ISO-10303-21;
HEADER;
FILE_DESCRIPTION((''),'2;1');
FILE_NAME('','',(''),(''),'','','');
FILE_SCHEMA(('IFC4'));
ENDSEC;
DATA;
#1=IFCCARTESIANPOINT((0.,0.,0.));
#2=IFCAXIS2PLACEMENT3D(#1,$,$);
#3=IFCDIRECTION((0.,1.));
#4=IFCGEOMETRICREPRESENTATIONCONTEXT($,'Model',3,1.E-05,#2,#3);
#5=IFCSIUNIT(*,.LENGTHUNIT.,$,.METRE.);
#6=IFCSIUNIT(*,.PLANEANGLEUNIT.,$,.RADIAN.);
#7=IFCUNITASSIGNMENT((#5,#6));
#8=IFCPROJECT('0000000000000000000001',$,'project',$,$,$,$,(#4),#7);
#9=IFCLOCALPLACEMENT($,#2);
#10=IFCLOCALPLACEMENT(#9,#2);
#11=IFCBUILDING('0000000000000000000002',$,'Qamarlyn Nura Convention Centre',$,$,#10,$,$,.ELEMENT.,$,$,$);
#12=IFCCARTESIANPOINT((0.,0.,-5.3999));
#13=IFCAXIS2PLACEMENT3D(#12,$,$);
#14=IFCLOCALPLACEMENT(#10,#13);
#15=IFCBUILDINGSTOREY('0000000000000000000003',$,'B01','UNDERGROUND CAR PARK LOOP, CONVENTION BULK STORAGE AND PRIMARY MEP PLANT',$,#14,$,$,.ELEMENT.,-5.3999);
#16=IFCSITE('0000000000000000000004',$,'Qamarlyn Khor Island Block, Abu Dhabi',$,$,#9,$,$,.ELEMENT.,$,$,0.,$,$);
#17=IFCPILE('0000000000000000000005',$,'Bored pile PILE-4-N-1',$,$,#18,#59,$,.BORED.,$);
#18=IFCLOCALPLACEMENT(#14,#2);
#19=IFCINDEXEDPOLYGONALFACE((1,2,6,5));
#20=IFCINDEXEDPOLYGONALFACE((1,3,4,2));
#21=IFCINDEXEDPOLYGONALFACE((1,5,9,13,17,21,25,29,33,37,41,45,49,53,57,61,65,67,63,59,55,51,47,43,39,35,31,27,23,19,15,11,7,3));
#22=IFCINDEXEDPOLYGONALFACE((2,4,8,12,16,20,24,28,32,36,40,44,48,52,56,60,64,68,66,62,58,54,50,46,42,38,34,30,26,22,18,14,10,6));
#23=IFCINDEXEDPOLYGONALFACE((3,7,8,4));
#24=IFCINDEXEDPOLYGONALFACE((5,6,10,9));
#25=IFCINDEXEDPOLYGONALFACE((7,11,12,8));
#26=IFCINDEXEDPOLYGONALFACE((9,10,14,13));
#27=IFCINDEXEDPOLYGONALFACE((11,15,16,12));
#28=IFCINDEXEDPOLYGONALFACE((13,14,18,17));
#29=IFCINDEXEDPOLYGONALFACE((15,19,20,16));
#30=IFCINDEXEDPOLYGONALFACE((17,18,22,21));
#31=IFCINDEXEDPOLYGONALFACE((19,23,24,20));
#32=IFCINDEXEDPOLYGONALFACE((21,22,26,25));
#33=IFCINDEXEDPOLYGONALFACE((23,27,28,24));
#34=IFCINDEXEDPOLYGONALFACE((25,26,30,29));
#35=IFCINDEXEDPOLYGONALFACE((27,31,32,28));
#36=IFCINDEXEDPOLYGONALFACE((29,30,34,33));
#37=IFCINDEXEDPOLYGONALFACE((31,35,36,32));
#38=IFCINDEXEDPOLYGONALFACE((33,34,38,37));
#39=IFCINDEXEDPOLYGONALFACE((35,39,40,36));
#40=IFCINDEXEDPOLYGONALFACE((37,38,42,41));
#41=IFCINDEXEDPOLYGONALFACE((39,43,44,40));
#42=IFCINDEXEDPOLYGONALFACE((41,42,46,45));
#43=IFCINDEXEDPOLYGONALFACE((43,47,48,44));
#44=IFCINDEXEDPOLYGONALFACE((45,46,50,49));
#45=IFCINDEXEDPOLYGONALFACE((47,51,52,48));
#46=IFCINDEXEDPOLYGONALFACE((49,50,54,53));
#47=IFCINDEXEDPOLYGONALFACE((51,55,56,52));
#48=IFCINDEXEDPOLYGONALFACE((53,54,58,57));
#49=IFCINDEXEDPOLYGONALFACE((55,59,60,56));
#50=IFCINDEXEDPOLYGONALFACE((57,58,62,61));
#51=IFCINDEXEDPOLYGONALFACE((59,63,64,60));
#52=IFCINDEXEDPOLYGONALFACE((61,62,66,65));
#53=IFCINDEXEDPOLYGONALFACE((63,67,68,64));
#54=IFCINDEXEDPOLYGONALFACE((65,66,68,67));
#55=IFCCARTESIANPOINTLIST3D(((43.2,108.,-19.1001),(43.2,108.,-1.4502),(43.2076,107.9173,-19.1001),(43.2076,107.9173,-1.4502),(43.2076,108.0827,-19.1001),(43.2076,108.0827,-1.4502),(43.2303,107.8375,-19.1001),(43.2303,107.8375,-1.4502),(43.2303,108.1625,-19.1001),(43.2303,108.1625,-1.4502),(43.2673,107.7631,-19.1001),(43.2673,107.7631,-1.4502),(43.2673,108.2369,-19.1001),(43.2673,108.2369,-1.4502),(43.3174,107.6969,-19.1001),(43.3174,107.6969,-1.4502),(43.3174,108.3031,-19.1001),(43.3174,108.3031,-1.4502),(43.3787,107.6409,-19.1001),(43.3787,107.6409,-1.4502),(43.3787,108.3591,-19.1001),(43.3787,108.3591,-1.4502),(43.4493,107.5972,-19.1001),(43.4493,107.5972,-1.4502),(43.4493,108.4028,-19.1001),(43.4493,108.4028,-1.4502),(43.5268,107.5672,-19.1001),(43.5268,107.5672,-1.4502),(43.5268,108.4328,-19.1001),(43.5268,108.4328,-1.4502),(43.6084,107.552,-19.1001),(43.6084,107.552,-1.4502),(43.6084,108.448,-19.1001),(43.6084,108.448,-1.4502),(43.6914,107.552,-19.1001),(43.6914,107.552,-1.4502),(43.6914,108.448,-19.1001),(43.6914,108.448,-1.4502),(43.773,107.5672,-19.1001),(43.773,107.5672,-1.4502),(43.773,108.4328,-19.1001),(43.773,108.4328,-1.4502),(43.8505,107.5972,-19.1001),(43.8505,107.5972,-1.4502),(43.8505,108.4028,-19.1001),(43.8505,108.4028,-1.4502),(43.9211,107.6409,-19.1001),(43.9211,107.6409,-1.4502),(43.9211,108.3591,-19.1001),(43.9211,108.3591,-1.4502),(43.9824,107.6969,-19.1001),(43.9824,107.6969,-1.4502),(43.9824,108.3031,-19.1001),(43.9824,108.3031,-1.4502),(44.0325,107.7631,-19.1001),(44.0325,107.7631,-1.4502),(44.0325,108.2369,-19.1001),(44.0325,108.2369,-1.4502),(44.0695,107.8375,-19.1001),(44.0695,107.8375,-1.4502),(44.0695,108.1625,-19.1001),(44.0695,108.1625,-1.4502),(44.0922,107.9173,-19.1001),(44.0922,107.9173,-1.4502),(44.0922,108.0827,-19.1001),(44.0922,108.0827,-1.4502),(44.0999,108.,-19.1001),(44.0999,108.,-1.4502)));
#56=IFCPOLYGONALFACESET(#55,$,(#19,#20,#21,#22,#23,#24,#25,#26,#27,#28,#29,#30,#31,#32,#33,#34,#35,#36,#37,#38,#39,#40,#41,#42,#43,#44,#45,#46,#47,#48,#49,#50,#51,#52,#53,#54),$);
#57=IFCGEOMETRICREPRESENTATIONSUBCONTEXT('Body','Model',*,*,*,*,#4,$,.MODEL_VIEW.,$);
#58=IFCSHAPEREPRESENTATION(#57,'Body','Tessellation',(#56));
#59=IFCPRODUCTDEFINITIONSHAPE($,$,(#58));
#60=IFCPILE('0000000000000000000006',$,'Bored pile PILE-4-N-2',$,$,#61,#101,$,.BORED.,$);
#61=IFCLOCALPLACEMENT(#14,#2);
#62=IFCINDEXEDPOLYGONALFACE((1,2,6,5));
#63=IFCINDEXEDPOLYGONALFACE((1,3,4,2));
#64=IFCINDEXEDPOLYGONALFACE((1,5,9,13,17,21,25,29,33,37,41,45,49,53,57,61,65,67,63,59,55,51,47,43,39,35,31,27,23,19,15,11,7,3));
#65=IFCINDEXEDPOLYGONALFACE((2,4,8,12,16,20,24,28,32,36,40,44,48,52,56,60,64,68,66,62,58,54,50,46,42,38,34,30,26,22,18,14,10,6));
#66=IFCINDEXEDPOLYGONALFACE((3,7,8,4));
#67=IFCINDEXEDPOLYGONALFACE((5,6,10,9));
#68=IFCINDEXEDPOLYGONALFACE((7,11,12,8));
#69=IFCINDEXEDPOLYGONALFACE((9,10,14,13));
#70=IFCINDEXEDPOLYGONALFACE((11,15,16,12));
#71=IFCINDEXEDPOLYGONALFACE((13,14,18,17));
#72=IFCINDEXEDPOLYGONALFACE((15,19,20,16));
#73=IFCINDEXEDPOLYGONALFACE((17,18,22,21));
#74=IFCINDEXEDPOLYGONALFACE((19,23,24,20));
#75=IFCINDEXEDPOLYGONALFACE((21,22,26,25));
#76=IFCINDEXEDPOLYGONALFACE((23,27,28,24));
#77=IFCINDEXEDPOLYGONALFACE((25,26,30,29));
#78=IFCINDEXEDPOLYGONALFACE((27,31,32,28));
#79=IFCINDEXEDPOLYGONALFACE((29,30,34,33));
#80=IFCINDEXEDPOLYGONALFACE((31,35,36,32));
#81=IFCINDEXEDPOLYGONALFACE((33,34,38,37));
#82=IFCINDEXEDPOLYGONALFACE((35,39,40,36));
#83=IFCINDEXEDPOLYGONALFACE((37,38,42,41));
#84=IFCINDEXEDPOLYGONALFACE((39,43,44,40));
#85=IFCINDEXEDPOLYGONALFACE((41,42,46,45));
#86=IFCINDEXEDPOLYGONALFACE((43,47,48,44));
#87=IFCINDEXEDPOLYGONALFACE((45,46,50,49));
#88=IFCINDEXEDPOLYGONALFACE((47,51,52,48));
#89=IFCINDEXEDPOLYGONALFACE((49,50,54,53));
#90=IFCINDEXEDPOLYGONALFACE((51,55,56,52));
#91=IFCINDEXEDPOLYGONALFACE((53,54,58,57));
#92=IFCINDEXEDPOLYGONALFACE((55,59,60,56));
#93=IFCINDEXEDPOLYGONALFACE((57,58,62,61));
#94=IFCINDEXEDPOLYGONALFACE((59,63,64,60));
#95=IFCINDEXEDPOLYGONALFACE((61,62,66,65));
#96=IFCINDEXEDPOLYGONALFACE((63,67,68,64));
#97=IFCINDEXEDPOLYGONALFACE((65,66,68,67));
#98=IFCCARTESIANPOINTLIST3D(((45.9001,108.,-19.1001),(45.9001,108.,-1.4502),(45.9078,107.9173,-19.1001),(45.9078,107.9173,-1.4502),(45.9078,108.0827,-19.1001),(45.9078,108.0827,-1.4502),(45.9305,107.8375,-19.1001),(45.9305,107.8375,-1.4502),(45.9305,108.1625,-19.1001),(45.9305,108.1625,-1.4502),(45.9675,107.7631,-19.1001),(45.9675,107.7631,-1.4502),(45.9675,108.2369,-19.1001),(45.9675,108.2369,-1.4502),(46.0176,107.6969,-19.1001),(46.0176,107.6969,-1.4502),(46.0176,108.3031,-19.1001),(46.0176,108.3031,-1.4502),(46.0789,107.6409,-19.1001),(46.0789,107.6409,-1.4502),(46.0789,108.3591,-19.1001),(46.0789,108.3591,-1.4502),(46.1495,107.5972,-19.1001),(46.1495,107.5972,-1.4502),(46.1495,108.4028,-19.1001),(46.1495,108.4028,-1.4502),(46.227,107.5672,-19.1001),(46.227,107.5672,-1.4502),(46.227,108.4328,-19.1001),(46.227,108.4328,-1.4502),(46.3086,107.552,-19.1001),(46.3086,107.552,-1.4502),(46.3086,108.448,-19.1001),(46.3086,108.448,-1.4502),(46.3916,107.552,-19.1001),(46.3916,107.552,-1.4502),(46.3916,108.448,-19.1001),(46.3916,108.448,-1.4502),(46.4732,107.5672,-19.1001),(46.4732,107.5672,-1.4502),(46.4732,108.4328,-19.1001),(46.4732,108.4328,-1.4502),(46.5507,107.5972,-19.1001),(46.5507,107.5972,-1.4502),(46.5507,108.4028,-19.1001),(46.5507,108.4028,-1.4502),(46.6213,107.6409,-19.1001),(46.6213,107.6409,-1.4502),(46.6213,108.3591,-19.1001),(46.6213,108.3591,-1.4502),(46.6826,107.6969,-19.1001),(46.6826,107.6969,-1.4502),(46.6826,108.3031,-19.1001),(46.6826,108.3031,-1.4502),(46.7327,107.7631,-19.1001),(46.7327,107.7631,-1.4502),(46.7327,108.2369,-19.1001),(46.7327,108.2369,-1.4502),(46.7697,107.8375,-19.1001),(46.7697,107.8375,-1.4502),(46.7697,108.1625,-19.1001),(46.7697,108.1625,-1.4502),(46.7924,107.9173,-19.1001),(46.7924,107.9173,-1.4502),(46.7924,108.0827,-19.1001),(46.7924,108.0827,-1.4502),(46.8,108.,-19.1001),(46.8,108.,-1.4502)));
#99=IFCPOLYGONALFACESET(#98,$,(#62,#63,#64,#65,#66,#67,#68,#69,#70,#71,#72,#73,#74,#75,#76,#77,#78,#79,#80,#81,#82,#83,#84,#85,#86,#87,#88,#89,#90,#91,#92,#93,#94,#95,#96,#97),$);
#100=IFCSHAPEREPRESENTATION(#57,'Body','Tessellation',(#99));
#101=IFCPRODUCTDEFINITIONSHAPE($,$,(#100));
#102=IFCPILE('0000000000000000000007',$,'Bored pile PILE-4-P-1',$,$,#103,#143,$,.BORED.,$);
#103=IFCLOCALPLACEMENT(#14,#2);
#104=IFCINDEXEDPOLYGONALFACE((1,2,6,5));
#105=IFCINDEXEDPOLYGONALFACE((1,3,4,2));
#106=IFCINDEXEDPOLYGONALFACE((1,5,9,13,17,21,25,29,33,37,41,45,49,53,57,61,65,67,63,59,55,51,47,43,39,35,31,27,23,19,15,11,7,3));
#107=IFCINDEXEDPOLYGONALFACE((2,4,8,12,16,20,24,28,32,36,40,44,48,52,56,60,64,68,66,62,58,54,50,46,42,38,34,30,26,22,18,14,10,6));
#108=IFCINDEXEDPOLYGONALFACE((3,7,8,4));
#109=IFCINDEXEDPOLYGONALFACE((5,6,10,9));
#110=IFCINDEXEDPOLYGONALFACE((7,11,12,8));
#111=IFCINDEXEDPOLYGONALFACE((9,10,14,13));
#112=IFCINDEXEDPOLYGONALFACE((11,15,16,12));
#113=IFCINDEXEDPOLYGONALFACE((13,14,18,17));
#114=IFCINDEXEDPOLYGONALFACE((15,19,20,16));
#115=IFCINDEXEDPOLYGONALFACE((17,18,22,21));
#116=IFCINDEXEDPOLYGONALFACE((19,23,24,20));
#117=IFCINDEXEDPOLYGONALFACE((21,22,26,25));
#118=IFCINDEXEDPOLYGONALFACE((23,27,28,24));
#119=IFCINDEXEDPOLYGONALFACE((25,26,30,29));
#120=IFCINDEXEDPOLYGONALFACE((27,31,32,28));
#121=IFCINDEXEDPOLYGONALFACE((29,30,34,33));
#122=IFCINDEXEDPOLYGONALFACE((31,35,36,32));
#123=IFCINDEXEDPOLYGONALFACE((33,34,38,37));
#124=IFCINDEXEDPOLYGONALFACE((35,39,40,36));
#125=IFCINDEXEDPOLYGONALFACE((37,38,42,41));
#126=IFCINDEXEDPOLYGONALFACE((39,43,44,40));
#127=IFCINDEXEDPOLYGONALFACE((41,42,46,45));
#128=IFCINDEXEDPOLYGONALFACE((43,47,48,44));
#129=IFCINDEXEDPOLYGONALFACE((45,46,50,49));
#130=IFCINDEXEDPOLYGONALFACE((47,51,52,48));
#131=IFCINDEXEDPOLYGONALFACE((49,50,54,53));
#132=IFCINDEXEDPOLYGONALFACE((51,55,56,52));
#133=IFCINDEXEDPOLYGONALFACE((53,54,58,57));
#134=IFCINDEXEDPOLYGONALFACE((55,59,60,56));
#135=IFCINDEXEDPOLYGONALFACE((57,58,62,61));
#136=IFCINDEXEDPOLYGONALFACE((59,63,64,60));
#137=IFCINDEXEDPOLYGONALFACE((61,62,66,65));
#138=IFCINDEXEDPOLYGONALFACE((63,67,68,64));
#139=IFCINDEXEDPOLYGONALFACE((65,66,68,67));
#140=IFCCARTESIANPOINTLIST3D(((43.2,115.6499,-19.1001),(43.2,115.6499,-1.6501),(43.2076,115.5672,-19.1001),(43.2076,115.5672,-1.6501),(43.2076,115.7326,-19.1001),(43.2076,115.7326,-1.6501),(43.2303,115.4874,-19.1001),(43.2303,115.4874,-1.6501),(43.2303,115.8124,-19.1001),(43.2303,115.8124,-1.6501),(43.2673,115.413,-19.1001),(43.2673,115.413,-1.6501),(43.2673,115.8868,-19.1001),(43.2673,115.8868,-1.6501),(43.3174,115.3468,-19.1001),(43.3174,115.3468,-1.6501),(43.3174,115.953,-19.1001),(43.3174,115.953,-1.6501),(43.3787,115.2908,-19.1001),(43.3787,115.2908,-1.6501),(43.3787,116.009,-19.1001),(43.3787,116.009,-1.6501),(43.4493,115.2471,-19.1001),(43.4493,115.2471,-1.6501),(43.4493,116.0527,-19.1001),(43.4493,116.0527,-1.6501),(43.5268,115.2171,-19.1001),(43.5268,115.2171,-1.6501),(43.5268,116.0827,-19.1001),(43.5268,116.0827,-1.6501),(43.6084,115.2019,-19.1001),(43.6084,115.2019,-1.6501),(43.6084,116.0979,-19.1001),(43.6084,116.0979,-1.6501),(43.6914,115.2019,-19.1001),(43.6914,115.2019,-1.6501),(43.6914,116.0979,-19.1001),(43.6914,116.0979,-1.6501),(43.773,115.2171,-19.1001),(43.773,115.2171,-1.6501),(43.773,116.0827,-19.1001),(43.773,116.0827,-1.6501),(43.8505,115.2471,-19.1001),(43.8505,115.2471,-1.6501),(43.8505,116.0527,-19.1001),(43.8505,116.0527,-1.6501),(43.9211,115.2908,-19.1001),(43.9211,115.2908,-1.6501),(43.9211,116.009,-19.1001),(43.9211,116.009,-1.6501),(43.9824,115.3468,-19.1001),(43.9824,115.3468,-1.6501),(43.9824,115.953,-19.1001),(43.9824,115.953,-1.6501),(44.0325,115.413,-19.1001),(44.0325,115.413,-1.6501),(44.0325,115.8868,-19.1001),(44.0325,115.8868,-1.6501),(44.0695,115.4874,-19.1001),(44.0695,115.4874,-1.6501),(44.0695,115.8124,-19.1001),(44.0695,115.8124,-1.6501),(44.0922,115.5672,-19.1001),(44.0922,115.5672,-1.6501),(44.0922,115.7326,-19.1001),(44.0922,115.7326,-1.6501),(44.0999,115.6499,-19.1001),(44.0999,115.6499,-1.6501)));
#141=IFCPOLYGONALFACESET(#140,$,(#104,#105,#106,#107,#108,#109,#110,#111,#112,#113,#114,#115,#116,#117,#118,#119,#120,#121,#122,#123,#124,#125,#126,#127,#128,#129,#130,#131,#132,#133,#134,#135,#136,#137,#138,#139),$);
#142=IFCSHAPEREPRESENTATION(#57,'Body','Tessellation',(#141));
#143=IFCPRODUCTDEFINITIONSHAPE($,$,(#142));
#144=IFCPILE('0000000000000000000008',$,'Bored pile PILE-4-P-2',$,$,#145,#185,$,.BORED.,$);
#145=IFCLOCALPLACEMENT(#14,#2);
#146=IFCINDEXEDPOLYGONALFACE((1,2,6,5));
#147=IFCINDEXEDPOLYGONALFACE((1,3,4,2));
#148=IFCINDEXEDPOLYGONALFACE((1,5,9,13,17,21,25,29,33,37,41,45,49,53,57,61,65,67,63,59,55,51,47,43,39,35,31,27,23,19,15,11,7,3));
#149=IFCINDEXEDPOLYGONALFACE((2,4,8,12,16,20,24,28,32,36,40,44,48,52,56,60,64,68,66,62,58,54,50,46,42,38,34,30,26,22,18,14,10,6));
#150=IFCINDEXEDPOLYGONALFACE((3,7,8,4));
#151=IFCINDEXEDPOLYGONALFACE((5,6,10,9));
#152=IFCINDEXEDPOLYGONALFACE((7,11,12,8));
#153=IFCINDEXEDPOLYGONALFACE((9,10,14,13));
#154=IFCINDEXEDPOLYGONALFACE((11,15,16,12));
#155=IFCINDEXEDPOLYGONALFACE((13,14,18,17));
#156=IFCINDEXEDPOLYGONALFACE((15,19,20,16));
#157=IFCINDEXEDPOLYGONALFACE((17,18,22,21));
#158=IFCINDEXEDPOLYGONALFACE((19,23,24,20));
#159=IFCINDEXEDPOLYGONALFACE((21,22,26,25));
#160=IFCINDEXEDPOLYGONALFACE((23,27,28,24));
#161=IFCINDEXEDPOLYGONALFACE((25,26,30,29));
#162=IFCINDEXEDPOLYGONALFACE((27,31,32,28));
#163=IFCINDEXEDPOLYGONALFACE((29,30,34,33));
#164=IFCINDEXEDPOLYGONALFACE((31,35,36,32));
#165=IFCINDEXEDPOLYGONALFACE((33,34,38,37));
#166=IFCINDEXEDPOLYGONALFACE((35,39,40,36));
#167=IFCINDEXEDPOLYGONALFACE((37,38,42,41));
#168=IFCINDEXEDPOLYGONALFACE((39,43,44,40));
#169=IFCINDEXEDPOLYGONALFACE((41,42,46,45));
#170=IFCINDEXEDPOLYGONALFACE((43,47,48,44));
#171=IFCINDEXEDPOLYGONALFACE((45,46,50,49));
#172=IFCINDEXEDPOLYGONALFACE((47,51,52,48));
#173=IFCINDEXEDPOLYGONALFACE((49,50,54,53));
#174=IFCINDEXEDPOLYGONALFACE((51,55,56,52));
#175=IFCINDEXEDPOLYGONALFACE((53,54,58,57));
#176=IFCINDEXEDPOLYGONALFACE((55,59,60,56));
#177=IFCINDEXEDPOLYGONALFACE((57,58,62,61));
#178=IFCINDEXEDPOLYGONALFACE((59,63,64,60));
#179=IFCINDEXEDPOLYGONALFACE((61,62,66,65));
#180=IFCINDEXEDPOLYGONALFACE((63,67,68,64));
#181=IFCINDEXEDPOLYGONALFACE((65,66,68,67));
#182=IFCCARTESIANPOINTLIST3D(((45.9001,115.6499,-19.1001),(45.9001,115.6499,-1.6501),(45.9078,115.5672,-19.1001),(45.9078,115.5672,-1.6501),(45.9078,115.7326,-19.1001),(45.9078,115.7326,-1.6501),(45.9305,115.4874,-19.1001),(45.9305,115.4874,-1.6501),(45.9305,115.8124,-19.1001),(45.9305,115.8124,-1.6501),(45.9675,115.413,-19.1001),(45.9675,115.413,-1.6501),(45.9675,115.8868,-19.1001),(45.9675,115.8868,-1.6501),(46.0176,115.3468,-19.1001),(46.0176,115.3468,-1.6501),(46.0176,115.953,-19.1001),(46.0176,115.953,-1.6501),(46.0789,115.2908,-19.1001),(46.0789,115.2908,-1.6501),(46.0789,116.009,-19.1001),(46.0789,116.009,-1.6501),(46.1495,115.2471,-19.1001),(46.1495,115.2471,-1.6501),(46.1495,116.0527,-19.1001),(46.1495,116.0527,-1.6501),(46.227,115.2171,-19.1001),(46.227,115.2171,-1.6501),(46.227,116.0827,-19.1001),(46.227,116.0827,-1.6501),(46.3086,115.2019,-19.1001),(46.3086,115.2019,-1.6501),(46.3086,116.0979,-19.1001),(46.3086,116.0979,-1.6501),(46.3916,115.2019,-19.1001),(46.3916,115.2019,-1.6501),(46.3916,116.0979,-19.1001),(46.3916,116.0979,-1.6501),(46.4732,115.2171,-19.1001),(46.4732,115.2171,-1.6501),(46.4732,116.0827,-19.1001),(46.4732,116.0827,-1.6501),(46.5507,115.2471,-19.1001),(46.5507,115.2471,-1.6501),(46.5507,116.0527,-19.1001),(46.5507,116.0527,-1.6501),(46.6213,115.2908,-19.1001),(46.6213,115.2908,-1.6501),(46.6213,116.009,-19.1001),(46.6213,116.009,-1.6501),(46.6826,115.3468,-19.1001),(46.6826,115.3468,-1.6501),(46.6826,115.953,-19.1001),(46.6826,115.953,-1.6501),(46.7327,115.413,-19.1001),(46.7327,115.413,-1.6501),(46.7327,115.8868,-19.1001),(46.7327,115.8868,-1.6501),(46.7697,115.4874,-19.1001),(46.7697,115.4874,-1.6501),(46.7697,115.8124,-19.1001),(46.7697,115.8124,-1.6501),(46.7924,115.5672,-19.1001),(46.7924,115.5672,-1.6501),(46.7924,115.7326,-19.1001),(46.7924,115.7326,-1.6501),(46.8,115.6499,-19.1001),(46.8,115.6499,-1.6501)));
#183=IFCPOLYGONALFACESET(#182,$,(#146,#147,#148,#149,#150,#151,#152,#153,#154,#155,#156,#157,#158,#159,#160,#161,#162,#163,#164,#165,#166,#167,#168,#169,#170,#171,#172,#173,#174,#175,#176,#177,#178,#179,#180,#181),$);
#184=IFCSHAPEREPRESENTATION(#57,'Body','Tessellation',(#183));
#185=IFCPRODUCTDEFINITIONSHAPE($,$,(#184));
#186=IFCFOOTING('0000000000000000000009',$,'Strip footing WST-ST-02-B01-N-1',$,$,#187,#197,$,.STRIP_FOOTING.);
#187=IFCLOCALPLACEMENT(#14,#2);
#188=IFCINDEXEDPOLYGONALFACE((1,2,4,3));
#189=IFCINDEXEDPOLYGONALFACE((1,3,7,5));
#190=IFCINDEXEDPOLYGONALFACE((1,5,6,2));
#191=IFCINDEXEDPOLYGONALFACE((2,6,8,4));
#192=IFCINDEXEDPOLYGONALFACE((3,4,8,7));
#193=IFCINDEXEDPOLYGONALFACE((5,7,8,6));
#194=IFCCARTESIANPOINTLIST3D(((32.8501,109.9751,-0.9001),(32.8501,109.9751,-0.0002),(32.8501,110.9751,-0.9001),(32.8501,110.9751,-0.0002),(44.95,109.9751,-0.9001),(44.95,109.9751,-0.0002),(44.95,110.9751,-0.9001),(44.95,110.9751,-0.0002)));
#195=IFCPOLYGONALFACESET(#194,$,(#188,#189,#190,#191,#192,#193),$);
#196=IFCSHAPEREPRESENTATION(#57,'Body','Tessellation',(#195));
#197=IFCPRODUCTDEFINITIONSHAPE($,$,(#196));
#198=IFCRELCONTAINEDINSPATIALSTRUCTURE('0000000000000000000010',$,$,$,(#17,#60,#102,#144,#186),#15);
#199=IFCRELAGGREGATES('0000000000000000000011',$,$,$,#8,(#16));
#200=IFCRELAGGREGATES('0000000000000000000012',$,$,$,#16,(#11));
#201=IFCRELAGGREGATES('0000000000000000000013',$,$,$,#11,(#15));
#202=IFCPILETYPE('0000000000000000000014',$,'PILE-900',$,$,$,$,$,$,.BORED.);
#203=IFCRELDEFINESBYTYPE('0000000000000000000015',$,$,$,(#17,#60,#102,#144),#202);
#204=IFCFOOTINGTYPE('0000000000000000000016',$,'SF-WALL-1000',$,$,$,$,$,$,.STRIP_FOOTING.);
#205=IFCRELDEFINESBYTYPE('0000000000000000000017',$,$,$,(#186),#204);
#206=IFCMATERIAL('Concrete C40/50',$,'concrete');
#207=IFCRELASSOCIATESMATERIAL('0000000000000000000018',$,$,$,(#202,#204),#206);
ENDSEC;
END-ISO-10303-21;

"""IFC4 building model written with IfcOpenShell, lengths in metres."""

from ifc_helpers import new_model, si_unit, direction, frame, origin, origin_2d, place, context, subcontext, project, spatial, rectangle, circle, extrude, material, material_profile, profile_set, type_object, element, save


model = new_model("IFC4")

# Units and contexts
model_context = context("Model", 3, precision=1e-05, world=origin(), true_north=direction((0.0, 1.0)))
body_context = subcontext(model_context, "Body", "Model", "MODEL_VIEW")
ifc_project = project(units=[si_unit("LENGTHUNIT", "METRE"), si_unit("PLANEANGLEUNIT", "RADIAN")], contexts=[model_context])

# Site, building, storey
site_placement = place(None, origin())
site = spatial("IfcSite", under=ifc_project, at=site_placement, Name="Qamarlyn Khor Island Block, Abu Dhabi", CompositionType="ELEMENT", RefElevation=0.0)
building_placement = place(site_placement, origin())
building = spatial("IfcBuilding", under=site, at=building_placement, Name="Qamarlyn Nura Convention Centre", CompositionType="ELEMENT")
storey_placement = place(building_placement, frame((0.0, 0.0, -5.3999)))
storey = spatial("IfcBuildingStorey", under=building, at=storey_placement, Name="B01", Description="UNDERGROUND CAR PARK LOOP, CONVENTION BULK STORAGE AND PRIMARY MEP PLANT", CompositionType="ELEMENT", Elevation=-5.3999)

# Shared definitions
ifc_material_1 = material(Name="Concrete C40/50", Category="concrete")

# Piles
ifc_material_profile_1 = material_profile(ifc_material_1, circle(Radius=0.45, at=origin_2d()), Name="BORED PILE 900")
ifc_profile_set_1 = profile_set([ifc_material_profile_1], Name="Concrete C40/50")
pile_type = type_object("IfcPileType", Name="PILE-900", PredefinedType="BORED", material=ifc_profile_set_1)
for number, where, z_axis, x_axis, name in (
    (1, (43.6499, 108.0, -1.4502), (0.0, 0.0, -1.0), (1.0, 0.0, 0.0), "Bored pile PILE-4-N-1"),
    (2, (46.3501, 108.0, -1.4502), (0.0, 0.0, -1.0), (1.0, 0.0, 0.0), "Bored pile PILE-4-N-2"),
):
    element("IfcPile", number, at=place(storey_placement, frame(where, z_axis=z_axis, x_axis=x_axis)), inside=storey, type_object=pile_type, Name=name, PredefinedType="BORED", context=body_context, shape_type="SweptSolid", body=[
        extrude(circle(Radius=0.45, at=origin_2d()), origin(), (0.0, 0.0, 1.0), 17.6499),
    ])
for number, where, z_axis, x_axis, name in (
    (3, (43.6499, 115.6499, -1.6501), (0.0, 0.0, -1.0), (1.0, 0.0, 0.0), "Bored pile PILE-4-P-1"),
    (4, (46.3501, 115.6499, -1.6501), (0.0, 0.0, -1.0), (1.0, 0.0, 0.0), "Bored pile PILE-4-P-2"),
):
    element("IfcPile", number, at=place(storey_placement, frame(where, z_axis=z_axis, x_axis=x_axis)), inside=storey, type_object=pile_type, Name=name, PredefinedType="BORED", context=body_context, shape_type="SweptSolid", body=[
        extrude(circle(Radius=0.45, at=origin_2d()), origin(), (0.0, 0.0, 1.0), 17.45),
    ])

# Footing
ifc_material_profile_2 = material_profile(ifc_material_1, rectangle(XDim=1.0, YDim=0.8999, at=origin_2d()), Name="RC STRIP 1000x900")
ifc_profile_set_2 = profile_set([ifc_material_profile_2], Name="Concrete C40/50")
footing_type_1 = type_object("IfcFootingType", Name="SF-WALL-1000", PredefinedType="STRIP_FOOTING", material=ifc_profile_set_2)
footing_1_placement = place(storey_placement, frame((44.95, 110.4751, -0.4502), z_axis=(-1.0, 0.0, 0.0), x_axis=(0.0, -1.0, 0.0)))
element("IfcFooting", 5, at=footing_1_placement, inside=storey, type_object=footing_type_1, Name="Strip footing WST-ST-02-B01-N-1", PredefinedType="STRIP_FOOTING", context=body_context, shape_type="SweptSolid", body=[
    extrude(rectangle(XDim=1.0, YDim=0.8999, at=origin_2d()), origin(), (0.0, 0.0, 1.0), 12.0999),
])

save(model, "model.ifc")
